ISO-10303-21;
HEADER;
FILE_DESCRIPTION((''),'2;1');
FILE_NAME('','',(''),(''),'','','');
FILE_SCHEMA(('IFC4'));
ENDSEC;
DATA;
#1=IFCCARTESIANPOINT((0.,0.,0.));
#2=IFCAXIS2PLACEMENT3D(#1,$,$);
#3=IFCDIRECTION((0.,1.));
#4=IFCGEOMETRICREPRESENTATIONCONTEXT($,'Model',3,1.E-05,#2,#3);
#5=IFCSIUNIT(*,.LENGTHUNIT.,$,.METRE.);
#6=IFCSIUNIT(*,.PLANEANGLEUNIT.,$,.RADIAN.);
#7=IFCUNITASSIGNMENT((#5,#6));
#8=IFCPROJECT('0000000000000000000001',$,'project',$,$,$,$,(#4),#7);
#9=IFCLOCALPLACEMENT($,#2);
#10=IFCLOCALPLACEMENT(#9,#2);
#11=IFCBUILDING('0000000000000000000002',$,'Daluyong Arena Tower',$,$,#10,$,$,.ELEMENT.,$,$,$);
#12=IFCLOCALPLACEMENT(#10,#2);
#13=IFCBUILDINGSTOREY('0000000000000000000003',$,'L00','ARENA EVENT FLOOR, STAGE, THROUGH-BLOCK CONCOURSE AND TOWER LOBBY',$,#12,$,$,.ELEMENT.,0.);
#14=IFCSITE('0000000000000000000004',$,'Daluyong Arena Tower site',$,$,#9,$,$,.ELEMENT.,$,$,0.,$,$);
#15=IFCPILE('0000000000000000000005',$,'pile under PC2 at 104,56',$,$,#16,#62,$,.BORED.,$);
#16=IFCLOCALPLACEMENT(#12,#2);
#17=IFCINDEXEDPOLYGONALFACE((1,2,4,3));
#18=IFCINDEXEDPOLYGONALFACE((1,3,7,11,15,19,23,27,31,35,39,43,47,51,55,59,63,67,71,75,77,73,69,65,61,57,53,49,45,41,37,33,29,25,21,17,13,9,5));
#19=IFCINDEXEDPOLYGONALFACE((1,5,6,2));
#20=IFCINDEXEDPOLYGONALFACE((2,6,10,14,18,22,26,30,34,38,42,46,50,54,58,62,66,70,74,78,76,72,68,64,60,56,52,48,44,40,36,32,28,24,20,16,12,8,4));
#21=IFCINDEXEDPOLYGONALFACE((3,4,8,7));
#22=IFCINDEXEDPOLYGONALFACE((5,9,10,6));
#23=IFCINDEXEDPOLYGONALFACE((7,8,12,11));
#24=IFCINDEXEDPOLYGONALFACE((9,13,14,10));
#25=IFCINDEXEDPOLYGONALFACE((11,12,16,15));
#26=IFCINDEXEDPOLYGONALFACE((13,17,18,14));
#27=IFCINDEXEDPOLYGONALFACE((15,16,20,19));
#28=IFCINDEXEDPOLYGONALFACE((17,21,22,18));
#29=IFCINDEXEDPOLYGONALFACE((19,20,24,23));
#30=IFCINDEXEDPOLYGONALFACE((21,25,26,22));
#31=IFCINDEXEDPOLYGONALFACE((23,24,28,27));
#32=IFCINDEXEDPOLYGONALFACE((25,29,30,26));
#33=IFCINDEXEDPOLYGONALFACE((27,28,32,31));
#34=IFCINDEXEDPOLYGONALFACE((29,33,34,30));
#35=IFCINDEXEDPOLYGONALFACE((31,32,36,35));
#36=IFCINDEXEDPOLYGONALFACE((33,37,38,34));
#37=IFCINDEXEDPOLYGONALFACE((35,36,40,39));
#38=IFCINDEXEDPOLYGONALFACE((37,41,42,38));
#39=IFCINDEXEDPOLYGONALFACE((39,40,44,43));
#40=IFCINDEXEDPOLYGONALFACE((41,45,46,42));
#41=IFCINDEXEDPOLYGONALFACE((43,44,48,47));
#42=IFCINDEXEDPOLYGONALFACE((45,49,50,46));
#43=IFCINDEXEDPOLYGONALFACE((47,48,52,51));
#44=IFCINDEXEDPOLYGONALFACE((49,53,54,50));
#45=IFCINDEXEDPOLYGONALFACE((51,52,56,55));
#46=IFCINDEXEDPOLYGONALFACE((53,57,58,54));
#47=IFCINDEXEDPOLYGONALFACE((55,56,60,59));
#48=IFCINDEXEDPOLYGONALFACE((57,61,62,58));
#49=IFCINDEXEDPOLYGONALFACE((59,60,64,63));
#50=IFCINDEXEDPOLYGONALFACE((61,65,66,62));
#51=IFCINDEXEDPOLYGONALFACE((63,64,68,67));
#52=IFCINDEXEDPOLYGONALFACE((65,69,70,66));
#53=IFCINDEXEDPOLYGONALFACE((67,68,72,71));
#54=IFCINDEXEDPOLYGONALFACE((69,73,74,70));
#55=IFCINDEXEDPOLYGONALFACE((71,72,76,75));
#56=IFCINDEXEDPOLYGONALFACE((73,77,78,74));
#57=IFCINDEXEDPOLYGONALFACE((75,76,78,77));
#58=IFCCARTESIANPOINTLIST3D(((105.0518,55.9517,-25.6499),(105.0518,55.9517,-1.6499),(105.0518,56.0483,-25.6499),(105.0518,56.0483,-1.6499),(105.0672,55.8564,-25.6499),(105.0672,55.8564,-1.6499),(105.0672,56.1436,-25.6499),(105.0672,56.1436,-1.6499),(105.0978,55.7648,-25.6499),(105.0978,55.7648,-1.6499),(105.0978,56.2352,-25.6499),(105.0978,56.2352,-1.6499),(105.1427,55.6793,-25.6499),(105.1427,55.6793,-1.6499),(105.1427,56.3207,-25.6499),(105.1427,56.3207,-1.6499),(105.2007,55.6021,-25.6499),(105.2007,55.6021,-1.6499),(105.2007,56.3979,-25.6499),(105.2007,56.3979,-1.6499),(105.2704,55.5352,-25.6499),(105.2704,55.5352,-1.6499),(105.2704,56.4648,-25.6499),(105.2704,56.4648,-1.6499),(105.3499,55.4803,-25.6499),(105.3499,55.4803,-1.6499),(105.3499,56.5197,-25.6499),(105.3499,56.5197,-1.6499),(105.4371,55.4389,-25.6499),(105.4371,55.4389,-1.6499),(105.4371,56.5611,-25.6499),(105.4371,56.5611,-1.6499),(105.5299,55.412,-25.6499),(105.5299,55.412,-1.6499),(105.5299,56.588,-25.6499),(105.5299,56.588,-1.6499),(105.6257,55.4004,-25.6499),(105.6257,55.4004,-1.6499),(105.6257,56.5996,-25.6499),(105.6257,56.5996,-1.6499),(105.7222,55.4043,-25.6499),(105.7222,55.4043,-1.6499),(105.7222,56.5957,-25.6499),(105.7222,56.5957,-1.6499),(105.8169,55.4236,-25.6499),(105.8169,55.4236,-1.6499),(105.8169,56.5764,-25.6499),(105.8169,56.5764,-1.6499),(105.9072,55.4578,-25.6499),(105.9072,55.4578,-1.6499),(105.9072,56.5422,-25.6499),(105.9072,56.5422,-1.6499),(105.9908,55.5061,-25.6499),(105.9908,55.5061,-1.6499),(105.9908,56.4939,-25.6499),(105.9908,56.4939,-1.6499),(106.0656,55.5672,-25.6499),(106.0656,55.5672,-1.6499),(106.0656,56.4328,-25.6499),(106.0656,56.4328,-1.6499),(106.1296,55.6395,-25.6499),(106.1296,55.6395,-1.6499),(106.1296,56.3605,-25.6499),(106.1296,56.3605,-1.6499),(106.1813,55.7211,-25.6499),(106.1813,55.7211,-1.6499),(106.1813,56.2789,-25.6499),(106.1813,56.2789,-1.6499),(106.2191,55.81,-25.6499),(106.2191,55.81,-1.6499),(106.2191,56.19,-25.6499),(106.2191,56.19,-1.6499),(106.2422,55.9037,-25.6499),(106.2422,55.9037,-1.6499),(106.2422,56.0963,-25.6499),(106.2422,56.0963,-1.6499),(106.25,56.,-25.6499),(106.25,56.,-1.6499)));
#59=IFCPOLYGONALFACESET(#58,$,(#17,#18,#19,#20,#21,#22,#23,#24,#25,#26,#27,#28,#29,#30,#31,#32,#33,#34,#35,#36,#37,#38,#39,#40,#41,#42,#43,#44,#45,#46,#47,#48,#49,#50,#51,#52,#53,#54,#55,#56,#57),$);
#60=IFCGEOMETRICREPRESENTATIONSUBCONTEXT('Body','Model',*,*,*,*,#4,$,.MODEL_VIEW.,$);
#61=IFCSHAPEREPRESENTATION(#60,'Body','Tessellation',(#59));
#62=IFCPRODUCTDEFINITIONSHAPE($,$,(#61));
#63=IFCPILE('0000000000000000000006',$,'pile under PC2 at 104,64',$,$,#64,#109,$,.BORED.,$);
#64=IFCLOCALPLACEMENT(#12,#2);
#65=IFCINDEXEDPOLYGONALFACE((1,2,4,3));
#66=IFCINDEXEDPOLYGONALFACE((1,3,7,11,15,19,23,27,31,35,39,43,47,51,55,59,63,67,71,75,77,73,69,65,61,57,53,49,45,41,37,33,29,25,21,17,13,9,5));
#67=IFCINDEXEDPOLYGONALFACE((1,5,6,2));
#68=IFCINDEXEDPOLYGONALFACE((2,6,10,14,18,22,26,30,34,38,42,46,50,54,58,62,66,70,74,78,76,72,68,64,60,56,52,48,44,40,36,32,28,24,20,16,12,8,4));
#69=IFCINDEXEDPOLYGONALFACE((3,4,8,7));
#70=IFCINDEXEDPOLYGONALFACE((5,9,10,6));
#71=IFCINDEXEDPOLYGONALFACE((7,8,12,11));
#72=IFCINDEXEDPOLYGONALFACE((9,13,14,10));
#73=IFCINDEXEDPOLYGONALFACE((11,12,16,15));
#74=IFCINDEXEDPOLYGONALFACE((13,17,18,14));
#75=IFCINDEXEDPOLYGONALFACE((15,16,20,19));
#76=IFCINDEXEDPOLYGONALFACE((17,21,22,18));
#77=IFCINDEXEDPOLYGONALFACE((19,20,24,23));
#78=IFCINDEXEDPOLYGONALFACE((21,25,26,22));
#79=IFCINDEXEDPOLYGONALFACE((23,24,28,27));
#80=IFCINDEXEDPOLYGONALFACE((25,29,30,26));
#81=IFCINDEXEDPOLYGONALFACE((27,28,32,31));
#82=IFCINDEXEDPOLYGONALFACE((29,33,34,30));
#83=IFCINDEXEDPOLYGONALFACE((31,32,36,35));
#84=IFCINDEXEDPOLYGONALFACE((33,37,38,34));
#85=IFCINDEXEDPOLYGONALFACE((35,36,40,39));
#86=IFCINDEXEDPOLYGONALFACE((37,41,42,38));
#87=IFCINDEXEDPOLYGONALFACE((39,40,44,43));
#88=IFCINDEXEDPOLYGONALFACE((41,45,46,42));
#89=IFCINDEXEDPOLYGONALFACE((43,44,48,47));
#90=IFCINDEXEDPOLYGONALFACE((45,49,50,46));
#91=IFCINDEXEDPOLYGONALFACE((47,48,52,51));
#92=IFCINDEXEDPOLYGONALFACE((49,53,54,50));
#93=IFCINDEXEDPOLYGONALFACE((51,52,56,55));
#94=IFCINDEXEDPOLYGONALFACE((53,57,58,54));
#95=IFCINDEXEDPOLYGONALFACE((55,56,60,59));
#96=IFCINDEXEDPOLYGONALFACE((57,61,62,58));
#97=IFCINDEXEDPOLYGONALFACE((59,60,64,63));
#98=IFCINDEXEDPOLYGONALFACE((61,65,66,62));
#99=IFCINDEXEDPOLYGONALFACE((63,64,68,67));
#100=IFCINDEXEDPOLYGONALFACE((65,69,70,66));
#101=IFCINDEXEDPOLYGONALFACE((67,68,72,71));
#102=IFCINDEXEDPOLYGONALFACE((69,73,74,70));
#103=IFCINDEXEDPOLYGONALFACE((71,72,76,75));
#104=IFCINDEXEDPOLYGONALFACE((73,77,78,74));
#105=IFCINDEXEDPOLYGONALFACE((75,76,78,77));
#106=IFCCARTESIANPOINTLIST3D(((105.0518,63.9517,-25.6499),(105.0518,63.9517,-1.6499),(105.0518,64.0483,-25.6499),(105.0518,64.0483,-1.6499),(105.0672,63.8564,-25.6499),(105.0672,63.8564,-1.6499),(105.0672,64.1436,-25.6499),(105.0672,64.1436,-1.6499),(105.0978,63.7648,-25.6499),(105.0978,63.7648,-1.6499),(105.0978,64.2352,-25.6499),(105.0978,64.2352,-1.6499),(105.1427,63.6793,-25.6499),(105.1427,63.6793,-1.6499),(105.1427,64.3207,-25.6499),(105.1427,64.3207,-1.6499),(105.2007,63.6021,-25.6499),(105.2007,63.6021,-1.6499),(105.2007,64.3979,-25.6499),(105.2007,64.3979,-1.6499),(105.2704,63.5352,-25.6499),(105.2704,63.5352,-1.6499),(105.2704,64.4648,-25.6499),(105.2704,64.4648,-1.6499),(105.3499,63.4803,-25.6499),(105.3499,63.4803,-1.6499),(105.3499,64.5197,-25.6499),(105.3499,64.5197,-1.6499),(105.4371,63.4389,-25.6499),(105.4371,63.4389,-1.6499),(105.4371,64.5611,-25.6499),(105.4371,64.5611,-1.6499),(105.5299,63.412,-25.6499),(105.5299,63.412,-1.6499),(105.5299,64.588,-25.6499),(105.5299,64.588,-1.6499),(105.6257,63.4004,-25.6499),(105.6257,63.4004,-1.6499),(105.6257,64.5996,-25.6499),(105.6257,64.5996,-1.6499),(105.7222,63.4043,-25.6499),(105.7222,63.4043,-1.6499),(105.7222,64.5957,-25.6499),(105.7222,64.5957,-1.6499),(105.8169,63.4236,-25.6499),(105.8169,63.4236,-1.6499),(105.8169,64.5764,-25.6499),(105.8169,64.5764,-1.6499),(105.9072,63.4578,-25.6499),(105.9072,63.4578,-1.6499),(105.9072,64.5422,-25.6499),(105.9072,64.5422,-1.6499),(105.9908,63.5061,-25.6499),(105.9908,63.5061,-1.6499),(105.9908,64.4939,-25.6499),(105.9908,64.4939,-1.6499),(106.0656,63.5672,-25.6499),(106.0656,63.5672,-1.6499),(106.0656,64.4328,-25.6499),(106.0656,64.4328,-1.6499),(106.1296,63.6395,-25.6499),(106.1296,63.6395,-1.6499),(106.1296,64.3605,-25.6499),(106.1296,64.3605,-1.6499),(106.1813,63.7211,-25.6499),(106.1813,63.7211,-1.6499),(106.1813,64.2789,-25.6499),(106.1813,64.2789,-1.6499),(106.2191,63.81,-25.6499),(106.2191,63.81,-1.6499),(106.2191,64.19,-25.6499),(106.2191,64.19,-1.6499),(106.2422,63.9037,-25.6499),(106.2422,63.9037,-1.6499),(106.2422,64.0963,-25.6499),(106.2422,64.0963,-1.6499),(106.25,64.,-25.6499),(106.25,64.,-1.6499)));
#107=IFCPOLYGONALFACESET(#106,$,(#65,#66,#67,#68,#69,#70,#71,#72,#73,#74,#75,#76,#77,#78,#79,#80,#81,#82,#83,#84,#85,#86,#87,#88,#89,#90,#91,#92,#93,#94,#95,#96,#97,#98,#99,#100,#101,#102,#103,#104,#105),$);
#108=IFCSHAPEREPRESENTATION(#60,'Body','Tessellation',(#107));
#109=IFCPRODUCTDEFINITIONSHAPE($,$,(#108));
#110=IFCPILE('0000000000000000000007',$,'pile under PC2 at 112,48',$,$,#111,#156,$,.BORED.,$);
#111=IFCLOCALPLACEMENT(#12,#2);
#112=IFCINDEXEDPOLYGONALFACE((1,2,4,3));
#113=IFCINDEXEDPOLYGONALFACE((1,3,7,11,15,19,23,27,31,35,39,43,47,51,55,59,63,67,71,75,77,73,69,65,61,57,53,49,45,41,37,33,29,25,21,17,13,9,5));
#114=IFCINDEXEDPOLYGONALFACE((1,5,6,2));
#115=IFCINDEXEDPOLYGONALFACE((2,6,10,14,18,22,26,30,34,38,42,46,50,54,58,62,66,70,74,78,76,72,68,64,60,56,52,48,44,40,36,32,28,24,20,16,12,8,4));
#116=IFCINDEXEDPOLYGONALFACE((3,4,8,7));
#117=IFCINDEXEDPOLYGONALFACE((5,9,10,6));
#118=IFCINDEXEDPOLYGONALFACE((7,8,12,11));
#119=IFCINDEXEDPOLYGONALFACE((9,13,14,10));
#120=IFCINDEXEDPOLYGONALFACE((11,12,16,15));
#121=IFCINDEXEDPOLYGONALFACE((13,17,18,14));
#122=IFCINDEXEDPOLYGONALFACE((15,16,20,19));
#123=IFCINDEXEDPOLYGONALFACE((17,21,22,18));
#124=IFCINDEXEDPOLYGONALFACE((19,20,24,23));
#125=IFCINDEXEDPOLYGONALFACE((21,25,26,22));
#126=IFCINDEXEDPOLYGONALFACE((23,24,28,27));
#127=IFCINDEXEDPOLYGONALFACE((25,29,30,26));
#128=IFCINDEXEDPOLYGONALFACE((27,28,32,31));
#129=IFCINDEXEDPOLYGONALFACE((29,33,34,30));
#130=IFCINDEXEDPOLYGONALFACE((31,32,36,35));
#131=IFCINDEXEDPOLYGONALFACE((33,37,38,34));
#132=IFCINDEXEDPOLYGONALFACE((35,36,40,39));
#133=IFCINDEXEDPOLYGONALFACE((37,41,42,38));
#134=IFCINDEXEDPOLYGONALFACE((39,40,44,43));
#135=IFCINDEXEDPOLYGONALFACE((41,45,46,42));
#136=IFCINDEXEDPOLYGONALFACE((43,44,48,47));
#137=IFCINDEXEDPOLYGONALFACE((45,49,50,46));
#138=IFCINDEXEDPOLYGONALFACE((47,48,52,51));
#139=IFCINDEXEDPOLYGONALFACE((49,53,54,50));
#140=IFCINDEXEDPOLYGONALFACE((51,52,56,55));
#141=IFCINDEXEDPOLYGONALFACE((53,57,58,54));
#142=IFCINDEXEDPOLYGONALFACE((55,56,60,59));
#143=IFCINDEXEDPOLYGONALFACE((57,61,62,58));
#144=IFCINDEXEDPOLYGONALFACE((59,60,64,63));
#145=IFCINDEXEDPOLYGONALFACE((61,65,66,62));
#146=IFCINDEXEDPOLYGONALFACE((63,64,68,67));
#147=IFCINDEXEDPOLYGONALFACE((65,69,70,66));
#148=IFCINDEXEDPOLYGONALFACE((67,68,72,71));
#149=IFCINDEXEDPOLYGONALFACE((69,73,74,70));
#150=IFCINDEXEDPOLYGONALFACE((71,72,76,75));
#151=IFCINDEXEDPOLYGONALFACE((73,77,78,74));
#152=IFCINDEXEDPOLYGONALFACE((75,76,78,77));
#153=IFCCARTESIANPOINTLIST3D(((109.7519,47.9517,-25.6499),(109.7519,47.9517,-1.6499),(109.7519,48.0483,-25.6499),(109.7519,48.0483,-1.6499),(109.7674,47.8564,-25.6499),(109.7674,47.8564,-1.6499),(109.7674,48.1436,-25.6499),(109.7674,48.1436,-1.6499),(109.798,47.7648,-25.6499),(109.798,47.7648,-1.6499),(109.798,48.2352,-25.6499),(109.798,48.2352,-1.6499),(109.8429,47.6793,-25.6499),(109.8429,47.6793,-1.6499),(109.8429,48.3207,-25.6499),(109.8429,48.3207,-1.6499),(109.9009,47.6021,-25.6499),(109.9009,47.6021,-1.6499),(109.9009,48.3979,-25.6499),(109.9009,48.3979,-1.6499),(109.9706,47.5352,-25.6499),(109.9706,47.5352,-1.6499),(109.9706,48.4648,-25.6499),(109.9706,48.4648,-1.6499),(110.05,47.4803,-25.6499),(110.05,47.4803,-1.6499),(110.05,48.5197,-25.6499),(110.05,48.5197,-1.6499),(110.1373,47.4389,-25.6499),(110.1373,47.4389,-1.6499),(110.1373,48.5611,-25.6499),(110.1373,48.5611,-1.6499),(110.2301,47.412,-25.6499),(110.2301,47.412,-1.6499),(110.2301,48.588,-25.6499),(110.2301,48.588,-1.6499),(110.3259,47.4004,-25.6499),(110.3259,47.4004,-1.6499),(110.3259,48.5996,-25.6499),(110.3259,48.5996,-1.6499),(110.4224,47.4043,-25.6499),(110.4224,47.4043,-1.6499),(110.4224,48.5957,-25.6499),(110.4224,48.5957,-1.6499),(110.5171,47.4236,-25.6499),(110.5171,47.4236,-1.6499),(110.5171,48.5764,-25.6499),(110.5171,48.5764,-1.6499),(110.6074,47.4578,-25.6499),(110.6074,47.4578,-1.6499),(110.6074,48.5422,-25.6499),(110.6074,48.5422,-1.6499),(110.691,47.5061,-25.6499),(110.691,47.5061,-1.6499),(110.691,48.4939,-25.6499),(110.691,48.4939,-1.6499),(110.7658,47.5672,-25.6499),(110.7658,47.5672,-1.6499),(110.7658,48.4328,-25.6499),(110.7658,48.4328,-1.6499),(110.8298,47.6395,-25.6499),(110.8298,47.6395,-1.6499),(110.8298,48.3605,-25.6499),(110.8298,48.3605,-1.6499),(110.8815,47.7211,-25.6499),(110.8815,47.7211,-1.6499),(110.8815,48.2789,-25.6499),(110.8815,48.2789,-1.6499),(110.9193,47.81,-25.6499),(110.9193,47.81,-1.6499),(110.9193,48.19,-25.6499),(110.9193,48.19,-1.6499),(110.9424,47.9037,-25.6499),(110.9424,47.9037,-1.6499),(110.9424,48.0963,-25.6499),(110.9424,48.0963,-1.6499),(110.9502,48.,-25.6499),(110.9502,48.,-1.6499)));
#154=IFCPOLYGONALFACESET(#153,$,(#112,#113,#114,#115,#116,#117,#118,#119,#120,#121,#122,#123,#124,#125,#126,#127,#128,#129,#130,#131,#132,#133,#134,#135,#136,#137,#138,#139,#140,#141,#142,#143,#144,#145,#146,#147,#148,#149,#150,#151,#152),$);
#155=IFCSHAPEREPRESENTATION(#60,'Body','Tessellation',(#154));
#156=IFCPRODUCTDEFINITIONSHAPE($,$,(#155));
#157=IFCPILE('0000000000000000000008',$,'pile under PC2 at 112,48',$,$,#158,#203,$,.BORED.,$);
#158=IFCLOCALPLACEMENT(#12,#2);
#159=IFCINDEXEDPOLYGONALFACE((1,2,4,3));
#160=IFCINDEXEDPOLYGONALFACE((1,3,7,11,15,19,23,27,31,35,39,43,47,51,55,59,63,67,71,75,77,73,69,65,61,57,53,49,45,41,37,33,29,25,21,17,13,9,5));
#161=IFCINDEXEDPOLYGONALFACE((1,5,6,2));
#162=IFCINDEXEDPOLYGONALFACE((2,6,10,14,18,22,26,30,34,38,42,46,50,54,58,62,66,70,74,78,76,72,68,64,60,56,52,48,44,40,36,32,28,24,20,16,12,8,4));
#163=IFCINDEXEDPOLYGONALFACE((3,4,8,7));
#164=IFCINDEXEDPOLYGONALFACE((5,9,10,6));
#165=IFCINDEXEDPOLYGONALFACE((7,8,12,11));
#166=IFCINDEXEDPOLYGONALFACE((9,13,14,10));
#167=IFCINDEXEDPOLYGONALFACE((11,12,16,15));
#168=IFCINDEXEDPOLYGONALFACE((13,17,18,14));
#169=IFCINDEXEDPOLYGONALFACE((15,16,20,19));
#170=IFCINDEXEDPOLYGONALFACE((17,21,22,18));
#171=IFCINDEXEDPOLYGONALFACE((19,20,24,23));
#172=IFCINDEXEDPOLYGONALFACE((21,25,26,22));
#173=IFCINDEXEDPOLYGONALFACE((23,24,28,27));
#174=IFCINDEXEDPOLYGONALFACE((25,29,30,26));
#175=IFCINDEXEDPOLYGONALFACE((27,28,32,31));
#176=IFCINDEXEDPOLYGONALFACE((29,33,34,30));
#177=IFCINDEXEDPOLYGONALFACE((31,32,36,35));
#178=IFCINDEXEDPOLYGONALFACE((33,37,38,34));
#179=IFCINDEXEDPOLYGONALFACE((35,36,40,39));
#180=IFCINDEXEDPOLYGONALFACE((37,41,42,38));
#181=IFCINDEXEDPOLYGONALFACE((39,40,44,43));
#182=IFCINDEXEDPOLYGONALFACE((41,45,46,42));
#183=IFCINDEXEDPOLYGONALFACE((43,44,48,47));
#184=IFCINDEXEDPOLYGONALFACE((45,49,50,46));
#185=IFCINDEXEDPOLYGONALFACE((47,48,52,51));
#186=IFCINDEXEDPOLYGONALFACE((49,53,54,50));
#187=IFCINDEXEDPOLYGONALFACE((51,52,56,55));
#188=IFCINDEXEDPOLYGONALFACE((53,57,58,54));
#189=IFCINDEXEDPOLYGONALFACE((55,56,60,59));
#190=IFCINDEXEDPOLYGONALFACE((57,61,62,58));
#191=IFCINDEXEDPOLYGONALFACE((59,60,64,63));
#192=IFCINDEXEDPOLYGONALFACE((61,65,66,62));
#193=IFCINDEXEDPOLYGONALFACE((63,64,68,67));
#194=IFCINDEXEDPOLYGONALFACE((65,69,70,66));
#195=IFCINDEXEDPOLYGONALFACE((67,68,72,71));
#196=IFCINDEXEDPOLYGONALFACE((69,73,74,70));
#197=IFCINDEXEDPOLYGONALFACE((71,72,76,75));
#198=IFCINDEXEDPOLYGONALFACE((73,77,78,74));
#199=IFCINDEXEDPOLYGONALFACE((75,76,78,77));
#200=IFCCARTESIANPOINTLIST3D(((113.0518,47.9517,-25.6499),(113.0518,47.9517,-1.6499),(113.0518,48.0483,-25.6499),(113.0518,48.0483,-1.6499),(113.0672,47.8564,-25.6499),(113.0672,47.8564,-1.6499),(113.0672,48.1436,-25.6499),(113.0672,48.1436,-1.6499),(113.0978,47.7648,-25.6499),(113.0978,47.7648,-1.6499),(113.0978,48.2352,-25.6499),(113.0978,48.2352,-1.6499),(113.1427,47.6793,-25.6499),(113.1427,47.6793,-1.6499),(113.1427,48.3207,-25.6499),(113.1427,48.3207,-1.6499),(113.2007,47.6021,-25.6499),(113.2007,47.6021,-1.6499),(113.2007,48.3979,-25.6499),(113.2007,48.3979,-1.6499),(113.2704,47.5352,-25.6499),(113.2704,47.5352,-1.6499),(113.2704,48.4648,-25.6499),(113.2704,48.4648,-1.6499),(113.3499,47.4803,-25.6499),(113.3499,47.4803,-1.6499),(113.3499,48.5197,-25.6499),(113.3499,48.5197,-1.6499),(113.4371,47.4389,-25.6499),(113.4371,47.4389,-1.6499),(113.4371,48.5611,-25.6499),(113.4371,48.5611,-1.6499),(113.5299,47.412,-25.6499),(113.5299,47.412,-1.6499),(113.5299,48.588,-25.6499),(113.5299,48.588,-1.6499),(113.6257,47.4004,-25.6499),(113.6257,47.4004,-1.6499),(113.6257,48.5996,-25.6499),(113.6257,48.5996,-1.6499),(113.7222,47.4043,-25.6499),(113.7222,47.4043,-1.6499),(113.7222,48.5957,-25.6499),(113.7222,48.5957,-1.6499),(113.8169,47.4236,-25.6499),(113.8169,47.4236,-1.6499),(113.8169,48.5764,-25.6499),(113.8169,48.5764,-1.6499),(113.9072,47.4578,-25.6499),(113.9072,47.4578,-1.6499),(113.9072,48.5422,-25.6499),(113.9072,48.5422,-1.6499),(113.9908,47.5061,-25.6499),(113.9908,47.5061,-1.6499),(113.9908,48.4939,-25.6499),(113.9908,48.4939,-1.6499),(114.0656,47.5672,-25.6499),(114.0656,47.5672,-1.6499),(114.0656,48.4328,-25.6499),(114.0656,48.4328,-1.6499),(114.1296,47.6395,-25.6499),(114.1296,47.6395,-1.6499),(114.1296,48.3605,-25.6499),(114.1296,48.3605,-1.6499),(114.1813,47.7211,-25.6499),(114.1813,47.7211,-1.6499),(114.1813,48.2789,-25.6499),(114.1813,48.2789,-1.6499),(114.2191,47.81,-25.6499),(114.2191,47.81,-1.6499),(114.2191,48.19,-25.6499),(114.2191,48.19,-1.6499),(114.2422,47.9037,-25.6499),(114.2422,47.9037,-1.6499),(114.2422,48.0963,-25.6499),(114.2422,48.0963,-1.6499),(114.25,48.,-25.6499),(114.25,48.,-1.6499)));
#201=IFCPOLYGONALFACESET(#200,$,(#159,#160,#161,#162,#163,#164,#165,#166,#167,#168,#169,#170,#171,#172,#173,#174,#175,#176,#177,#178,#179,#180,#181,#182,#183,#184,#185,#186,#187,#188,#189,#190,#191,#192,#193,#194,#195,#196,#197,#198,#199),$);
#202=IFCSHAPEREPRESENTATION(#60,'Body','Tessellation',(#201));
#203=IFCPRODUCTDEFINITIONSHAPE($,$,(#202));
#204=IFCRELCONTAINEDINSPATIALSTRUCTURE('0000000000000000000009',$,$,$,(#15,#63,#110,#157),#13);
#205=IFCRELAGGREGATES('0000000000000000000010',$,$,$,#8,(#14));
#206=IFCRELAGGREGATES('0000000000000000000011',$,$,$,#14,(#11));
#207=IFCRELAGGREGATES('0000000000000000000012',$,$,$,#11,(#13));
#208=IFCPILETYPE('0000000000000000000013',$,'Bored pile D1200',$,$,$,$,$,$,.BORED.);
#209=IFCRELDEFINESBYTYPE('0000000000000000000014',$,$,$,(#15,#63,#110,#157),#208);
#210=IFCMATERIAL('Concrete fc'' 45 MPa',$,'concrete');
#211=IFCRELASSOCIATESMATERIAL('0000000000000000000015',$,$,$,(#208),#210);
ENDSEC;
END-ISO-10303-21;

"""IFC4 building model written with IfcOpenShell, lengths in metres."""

from ifc_helpers import new_model, si_unit, direction, frame, origin, origin_2d, place, context, subcontext, project, spatial, circle, extrude, material, type_object, element, save


model = new_model("IFC4")

# Units and contexts
model_context = context("Model", 3, precision=1e-05, world=origin(), true_north=direction((0.0, 1.0)))
body_context = subcontext(model_context, "Body", "Model", "MODEL_VIEW")
ifc_project = project(units=[si_unit("LENGTHUNIT", "METRE"), si_unit("PLANEANGLEUNIT", "RADIAN")], contexts=[model_context])

# Site, building, storey
site_placement = place(None, origin())
site = spatial("IfcSite", under=ifc_project, at=site_placement, Name="Daluyong Arena Tower site", CompositionType="ELEMENT", RefElevation=0.0)
building_placement = place(site_placement, origin())
building = spatial("IfcBuilding", under=site, at=building_placement, Name="Daluyong Arena Tower", CompositionType="ELEMENT")
storey_placement = place(building_placement, origin())
storey = spatial("IfcBuildingStorey", under=building, at=storey_placement, Name="L00", Description="ARENA EVENT FLOOR, STAGE, THROUGH-BLOCK CONCOURSE AND TOWER LOBBY", CompositionType="ELEMENT", Elevation=0.0)

# Piles
ifc_material_1 = material(Name="Concrete fc' 45 MPa", Category="concrete")
pile_type = type_object("IfcPileType", Name="Bored pile D1200", PredefinedType="BORED", material=ifc_material_1)
for number, where, z_axis, x_axis, name in (
    (1, (105.6499, 56.0, -1.6499), (0.0, 0.0, -1.0), (1.0, 0.0, 0.0), "pile under PC2 at 104,56"),
    (2, (105.6499, 64.0, -1.6499), (0.0, 0.0, -1.0), (1.0, 0.0, 0.0), "pile under PC2 at 104,64"),
    (3, (110.3501, 48.0, -1.6499), (0.0, 0.0, -1.0), (1.0, 0.0, 0.0), "pile under PC2 at 112,48"),
    (4, (113.6499, 48.0, -1.6499), (0.0, 0.0, -1.0), (1.0, 0.0, 0.0), "pile under PC2 at 112,48"),
):
    element("IfcPile", number, at=place(storey_placement, frame(where, z_axis=z_axis, x_axis=x_axis)), inside=storey, type_object=pile_type, Name=name, PredefinedType="BORED", context=body_context, shape_type="SweptSolid", body=[
        extrude(circle(Radius=0.6001, at=origin_2d()), origin(), (0.0, 0.0, 1.0), 24.0),
    ])

save(model, "model.ifc")
